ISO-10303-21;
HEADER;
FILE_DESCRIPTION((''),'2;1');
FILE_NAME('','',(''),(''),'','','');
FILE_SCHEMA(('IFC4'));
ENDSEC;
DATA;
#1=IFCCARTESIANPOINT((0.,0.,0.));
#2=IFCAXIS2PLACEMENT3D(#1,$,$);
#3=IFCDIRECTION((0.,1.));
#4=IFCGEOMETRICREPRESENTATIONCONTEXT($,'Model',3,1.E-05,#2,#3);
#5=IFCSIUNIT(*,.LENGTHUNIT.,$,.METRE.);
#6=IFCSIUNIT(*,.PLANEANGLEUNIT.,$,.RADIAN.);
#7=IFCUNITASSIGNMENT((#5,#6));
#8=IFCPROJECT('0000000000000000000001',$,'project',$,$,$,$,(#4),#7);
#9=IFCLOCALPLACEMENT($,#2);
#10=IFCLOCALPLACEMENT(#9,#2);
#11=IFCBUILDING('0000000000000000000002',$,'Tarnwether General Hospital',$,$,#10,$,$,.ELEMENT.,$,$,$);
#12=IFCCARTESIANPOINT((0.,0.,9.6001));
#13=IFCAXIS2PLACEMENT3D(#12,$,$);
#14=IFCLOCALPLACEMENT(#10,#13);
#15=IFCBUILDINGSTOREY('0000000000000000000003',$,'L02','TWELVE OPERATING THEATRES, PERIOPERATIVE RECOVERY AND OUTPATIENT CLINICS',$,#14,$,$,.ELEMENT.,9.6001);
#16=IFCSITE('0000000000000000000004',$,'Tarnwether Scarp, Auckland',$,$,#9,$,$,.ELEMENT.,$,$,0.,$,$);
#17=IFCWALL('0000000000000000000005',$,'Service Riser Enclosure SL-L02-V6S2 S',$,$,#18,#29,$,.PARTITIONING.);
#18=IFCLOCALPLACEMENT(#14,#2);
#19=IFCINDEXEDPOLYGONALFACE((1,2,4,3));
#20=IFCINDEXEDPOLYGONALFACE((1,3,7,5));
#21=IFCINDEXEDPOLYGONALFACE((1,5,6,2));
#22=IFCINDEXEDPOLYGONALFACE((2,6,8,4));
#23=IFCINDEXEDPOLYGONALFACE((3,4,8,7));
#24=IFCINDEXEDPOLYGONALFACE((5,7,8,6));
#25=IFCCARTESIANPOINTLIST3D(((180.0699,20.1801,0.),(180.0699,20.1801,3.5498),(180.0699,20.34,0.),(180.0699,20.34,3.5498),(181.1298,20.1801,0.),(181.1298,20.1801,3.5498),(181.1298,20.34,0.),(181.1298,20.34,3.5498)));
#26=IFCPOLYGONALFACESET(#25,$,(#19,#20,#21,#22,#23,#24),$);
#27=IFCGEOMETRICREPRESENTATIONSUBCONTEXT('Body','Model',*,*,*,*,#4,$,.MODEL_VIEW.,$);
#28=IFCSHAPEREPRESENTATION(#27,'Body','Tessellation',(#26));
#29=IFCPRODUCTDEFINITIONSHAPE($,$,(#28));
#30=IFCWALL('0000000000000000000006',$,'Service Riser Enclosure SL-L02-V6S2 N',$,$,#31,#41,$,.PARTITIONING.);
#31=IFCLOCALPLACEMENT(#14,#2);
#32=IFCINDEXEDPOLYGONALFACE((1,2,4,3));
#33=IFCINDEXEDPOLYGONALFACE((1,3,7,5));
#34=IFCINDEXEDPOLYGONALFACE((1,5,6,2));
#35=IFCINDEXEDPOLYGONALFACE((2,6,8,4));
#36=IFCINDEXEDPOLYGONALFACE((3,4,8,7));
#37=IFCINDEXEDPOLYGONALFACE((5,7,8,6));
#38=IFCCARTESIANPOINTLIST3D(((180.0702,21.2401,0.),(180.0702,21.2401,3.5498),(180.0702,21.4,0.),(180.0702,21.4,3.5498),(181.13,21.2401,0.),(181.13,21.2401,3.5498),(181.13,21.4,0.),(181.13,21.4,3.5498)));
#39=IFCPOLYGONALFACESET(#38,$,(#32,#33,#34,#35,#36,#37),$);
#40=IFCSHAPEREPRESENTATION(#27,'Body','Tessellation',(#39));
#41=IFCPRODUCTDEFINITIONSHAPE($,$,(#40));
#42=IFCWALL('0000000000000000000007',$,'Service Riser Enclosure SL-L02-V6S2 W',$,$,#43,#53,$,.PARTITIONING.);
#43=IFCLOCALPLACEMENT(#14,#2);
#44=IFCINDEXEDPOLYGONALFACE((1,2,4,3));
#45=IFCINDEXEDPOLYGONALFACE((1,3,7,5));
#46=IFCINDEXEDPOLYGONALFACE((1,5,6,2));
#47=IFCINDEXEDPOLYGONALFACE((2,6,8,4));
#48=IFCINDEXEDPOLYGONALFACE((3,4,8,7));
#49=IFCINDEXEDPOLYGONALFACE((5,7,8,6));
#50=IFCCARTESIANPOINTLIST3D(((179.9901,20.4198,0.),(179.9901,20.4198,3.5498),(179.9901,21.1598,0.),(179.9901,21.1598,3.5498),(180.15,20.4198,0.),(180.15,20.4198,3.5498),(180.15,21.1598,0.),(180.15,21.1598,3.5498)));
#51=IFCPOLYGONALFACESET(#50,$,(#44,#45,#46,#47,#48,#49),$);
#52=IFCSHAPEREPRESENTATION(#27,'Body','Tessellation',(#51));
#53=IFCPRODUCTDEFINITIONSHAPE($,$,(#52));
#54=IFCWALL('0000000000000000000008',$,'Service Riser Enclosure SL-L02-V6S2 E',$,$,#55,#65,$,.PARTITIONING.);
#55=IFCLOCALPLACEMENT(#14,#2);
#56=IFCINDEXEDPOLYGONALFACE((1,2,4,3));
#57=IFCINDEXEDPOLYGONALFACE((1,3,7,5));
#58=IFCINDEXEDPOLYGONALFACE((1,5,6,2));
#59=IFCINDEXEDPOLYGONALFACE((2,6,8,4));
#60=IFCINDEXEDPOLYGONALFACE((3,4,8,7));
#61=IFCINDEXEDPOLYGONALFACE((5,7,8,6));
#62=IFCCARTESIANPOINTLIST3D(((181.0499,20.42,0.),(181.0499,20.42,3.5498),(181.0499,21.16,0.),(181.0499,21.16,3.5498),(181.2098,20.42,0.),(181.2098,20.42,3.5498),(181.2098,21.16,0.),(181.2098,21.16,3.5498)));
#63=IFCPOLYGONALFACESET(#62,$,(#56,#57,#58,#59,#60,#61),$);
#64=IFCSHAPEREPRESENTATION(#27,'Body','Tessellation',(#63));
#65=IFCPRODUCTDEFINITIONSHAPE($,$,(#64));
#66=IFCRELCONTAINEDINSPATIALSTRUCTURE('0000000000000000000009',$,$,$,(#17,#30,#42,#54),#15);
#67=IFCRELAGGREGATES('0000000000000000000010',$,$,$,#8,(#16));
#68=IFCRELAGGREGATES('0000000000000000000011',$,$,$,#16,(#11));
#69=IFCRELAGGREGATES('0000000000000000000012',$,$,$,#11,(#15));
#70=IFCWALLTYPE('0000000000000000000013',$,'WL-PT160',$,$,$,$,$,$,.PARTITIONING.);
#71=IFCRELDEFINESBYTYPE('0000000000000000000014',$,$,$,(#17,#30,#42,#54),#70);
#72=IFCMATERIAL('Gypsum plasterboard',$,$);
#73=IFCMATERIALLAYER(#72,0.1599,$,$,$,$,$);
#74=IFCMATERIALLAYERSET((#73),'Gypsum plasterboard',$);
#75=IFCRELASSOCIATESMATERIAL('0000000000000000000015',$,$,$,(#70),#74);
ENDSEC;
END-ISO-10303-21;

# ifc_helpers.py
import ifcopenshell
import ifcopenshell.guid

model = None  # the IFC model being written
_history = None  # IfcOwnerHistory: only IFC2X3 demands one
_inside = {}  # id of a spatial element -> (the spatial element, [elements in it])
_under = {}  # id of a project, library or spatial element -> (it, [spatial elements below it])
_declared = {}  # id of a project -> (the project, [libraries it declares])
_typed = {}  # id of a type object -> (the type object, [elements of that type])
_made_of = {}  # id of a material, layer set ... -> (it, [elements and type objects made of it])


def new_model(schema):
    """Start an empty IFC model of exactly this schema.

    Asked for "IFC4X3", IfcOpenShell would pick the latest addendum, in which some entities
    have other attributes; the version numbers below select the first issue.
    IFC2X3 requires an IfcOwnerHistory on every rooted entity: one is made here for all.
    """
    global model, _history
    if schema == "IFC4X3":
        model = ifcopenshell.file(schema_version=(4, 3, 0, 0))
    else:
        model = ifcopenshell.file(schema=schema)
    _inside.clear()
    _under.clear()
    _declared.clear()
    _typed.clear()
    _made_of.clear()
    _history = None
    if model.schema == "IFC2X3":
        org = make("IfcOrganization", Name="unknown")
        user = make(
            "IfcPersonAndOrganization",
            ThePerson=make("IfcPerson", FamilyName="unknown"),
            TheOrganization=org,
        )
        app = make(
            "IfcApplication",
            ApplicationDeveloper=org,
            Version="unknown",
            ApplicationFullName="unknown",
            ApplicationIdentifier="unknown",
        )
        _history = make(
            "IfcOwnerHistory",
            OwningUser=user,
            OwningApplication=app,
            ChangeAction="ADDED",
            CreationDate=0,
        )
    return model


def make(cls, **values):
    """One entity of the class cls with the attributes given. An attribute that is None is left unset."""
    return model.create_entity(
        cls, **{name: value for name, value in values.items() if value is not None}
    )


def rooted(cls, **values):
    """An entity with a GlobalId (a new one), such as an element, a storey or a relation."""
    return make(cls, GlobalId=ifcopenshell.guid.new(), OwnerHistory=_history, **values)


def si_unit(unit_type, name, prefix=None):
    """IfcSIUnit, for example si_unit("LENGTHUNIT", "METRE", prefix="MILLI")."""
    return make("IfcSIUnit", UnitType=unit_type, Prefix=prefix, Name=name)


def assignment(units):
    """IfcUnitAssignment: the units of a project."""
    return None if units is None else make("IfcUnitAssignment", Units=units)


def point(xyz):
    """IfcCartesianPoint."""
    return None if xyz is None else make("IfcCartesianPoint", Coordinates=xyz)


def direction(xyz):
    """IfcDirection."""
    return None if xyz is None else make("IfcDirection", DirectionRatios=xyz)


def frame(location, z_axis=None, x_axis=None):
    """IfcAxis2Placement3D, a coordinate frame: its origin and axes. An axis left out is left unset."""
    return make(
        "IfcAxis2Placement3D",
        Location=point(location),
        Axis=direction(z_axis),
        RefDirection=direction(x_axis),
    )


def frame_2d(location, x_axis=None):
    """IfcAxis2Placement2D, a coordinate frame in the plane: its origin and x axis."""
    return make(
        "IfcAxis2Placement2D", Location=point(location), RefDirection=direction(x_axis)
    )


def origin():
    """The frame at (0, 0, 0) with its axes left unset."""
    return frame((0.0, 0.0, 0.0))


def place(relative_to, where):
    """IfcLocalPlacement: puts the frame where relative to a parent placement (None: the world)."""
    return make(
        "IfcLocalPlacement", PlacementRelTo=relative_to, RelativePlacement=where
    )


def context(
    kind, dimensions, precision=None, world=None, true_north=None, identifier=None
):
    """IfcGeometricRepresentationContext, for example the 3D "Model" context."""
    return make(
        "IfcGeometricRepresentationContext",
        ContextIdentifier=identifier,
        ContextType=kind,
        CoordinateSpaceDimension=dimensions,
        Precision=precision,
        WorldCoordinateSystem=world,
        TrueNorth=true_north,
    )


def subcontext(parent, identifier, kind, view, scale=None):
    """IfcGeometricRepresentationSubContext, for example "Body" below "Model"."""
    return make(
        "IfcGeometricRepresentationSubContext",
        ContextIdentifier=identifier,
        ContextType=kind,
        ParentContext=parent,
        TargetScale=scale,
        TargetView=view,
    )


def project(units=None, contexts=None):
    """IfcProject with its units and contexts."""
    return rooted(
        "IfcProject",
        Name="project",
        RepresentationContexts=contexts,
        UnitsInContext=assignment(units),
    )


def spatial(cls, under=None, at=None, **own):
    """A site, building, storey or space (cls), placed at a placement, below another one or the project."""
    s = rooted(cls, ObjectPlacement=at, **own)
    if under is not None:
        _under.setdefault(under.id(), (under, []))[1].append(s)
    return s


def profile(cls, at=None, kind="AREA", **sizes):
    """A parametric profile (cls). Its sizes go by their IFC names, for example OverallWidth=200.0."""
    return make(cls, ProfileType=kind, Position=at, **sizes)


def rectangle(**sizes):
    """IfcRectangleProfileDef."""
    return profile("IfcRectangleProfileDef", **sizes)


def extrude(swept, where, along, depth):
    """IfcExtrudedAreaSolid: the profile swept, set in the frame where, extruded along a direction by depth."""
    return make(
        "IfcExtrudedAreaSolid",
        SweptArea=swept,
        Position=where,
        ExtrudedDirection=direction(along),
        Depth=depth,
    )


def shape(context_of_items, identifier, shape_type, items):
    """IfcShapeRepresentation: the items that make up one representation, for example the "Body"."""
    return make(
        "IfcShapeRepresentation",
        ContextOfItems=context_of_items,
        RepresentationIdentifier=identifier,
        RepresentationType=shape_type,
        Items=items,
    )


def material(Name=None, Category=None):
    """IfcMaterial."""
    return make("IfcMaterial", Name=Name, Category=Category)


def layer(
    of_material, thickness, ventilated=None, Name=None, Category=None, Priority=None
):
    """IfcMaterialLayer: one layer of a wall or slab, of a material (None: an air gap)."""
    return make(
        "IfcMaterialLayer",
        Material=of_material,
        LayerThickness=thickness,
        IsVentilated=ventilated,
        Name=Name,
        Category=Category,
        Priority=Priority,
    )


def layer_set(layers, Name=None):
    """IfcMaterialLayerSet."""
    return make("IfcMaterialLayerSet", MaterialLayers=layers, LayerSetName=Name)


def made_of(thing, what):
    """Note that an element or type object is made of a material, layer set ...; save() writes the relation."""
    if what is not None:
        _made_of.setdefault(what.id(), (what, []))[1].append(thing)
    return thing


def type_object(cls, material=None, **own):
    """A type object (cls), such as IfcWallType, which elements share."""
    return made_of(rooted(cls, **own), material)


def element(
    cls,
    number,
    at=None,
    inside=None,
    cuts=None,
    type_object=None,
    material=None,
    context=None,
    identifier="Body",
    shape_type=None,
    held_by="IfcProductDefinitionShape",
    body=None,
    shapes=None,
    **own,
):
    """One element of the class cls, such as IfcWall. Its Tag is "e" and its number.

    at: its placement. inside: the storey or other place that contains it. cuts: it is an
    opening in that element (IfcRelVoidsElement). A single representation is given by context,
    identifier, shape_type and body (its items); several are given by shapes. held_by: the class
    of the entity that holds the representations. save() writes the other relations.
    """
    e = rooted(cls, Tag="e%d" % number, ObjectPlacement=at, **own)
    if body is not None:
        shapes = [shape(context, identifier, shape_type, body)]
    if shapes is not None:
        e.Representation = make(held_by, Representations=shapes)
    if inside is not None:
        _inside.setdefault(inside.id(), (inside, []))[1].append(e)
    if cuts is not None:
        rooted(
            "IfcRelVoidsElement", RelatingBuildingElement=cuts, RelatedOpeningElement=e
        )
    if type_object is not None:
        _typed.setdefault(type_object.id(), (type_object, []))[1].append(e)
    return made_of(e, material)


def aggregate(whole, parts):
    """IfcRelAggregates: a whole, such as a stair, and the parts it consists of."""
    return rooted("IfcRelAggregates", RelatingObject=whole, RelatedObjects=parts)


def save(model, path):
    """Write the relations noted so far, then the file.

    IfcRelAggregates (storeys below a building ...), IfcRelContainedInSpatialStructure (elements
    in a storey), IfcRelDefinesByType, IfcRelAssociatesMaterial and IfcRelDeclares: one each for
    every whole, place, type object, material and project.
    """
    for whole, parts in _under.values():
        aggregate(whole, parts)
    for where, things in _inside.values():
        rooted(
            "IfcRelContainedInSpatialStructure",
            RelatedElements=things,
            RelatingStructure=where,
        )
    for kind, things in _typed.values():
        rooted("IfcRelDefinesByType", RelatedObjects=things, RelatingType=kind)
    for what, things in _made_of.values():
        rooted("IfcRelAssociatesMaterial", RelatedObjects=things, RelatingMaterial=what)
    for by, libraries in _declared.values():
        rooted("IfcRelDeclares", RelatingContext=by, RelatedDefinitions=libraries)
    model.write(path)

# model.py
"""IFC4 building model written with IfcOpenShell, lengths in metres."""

from ifc_helpers import new_model, si_unit, direction, frame, frame_2d, origin, place, context, subcontext, project, spatial, rectangle, extrude, material, layer, layer_set, type_object, element, save


model = new_model("IFC4")

# Units and contexts
model_context = context("Model", 3, precision=1e-05, world=origin(), true_north=direction((0.0, 1.0)))
body_context = subcontext(model_context, "Body", "Model", "MODEL_VIEW")
ifc_project = project(units=[si_unit("LENGTHUNIT", "METRE"), si_unit("PLANEANGLEUNIT", "RADIAN")], contexts=[model_context])

# Site, building, storey
site_placement = place(None, origin())
site = spatial("IfcSite", under=ifc_project, at=site_placement, Name="Tarnwether Scarp, Auckland", CompositionType="ELEMENT", RefElevation=0.0)
building_placement = place(site_placement, origin())
building = spatial("IfcBuilding", under=site, at=building_placement, Name="Tarnwether General Hospital", CompositionType="ELEMENT")
storey_placement = place(building_placement, frame((0.0, 0.0, 9.6001)))
storey = spatial("IfcBuildingStorey", under=building, at=storey_placement, Name="L02", Description="TWELVE OPERATING THEATRES, PERIOPERATIVE RECOVERY AND OUTPATIENT CLINICS", CompositionType="ELEMENT", Elevation=9.6001)

# Walls
ifc_material_1 = material(Name="Gypsum plasterboard")
ifc_layer_1 = layer(ifc_material_1, 0.1599)
ifc_layer_set_1 = layer_set([ifc_layer_1], Name="Gypsum plasterboard")
wall_type_1 = type_object("IfcWallType", Name="WL-PT160", PredefinedType="PARTITIONING", material=ifc_layer_set_1)
for number, where, z_axis, x_axis, name in (
    (1, (180.0701, 20.26, 0.0), (0.0, 0.0, 1.0), (1.0, 0.0, 0.0), "Service Riser Enclosure SL-L02-V6S2 S"),
    (2, (181.1299, 21.3201, 0.0), (0.0, 0.0, 1.0), (-1.0, 0.0, 0.0), "Service Riser Enclosure SL-L02-V6S2 N"),
):
    element("IfcWall", number, at=place(storey_placement, frame(where, z_axis=z_axis, x_axis=x_axis)), inside=storey, type_object=wall_type_1, Name=name, PredefinedType="PARTITIONING", context=body_context, shape_type="SweptSolid", body=[
        extrude(rectangle(XDim=1.0598, YDim=0.1599, at=frame_2d((0.5298, 0.0))), origin(), (0.0, 0.0, 1.0), 3.5498),
    ])
for number, where, z_axis, x_axis, name in (
    (3, (180.0701, 21.1599, 0.0), (0.0, 0.0, 1.0), (0.0, -1.0, 0.0), "Service Riser Enclosure SL-L02-V6S2 W"),
    (4, (181.1299, 20.4199, 0.0), (0.0, 0.0, 1.0), (0.0, 1.0, 0.0), "Service Riser Enclosure SL-L02-V6S2 E"),
):
    element("IfcWall", number, at=place(storey_placement, frame(where, z_axis=z_axis, x_axis=x_axis)), inside=storey, type_object=wall_type_1, Name=name, PredefinedType="PARTITIONING", context=body_context, shape_type="SweptSolid", body=[
        extrude(rectangle(XDim=0.74, YDim=0.1599, at=frame_2d((0.3701, 0.0))), origin(), (0.0, 0.0, 1.0), 3.5498),
    ])

save(model, "model.ifc")
